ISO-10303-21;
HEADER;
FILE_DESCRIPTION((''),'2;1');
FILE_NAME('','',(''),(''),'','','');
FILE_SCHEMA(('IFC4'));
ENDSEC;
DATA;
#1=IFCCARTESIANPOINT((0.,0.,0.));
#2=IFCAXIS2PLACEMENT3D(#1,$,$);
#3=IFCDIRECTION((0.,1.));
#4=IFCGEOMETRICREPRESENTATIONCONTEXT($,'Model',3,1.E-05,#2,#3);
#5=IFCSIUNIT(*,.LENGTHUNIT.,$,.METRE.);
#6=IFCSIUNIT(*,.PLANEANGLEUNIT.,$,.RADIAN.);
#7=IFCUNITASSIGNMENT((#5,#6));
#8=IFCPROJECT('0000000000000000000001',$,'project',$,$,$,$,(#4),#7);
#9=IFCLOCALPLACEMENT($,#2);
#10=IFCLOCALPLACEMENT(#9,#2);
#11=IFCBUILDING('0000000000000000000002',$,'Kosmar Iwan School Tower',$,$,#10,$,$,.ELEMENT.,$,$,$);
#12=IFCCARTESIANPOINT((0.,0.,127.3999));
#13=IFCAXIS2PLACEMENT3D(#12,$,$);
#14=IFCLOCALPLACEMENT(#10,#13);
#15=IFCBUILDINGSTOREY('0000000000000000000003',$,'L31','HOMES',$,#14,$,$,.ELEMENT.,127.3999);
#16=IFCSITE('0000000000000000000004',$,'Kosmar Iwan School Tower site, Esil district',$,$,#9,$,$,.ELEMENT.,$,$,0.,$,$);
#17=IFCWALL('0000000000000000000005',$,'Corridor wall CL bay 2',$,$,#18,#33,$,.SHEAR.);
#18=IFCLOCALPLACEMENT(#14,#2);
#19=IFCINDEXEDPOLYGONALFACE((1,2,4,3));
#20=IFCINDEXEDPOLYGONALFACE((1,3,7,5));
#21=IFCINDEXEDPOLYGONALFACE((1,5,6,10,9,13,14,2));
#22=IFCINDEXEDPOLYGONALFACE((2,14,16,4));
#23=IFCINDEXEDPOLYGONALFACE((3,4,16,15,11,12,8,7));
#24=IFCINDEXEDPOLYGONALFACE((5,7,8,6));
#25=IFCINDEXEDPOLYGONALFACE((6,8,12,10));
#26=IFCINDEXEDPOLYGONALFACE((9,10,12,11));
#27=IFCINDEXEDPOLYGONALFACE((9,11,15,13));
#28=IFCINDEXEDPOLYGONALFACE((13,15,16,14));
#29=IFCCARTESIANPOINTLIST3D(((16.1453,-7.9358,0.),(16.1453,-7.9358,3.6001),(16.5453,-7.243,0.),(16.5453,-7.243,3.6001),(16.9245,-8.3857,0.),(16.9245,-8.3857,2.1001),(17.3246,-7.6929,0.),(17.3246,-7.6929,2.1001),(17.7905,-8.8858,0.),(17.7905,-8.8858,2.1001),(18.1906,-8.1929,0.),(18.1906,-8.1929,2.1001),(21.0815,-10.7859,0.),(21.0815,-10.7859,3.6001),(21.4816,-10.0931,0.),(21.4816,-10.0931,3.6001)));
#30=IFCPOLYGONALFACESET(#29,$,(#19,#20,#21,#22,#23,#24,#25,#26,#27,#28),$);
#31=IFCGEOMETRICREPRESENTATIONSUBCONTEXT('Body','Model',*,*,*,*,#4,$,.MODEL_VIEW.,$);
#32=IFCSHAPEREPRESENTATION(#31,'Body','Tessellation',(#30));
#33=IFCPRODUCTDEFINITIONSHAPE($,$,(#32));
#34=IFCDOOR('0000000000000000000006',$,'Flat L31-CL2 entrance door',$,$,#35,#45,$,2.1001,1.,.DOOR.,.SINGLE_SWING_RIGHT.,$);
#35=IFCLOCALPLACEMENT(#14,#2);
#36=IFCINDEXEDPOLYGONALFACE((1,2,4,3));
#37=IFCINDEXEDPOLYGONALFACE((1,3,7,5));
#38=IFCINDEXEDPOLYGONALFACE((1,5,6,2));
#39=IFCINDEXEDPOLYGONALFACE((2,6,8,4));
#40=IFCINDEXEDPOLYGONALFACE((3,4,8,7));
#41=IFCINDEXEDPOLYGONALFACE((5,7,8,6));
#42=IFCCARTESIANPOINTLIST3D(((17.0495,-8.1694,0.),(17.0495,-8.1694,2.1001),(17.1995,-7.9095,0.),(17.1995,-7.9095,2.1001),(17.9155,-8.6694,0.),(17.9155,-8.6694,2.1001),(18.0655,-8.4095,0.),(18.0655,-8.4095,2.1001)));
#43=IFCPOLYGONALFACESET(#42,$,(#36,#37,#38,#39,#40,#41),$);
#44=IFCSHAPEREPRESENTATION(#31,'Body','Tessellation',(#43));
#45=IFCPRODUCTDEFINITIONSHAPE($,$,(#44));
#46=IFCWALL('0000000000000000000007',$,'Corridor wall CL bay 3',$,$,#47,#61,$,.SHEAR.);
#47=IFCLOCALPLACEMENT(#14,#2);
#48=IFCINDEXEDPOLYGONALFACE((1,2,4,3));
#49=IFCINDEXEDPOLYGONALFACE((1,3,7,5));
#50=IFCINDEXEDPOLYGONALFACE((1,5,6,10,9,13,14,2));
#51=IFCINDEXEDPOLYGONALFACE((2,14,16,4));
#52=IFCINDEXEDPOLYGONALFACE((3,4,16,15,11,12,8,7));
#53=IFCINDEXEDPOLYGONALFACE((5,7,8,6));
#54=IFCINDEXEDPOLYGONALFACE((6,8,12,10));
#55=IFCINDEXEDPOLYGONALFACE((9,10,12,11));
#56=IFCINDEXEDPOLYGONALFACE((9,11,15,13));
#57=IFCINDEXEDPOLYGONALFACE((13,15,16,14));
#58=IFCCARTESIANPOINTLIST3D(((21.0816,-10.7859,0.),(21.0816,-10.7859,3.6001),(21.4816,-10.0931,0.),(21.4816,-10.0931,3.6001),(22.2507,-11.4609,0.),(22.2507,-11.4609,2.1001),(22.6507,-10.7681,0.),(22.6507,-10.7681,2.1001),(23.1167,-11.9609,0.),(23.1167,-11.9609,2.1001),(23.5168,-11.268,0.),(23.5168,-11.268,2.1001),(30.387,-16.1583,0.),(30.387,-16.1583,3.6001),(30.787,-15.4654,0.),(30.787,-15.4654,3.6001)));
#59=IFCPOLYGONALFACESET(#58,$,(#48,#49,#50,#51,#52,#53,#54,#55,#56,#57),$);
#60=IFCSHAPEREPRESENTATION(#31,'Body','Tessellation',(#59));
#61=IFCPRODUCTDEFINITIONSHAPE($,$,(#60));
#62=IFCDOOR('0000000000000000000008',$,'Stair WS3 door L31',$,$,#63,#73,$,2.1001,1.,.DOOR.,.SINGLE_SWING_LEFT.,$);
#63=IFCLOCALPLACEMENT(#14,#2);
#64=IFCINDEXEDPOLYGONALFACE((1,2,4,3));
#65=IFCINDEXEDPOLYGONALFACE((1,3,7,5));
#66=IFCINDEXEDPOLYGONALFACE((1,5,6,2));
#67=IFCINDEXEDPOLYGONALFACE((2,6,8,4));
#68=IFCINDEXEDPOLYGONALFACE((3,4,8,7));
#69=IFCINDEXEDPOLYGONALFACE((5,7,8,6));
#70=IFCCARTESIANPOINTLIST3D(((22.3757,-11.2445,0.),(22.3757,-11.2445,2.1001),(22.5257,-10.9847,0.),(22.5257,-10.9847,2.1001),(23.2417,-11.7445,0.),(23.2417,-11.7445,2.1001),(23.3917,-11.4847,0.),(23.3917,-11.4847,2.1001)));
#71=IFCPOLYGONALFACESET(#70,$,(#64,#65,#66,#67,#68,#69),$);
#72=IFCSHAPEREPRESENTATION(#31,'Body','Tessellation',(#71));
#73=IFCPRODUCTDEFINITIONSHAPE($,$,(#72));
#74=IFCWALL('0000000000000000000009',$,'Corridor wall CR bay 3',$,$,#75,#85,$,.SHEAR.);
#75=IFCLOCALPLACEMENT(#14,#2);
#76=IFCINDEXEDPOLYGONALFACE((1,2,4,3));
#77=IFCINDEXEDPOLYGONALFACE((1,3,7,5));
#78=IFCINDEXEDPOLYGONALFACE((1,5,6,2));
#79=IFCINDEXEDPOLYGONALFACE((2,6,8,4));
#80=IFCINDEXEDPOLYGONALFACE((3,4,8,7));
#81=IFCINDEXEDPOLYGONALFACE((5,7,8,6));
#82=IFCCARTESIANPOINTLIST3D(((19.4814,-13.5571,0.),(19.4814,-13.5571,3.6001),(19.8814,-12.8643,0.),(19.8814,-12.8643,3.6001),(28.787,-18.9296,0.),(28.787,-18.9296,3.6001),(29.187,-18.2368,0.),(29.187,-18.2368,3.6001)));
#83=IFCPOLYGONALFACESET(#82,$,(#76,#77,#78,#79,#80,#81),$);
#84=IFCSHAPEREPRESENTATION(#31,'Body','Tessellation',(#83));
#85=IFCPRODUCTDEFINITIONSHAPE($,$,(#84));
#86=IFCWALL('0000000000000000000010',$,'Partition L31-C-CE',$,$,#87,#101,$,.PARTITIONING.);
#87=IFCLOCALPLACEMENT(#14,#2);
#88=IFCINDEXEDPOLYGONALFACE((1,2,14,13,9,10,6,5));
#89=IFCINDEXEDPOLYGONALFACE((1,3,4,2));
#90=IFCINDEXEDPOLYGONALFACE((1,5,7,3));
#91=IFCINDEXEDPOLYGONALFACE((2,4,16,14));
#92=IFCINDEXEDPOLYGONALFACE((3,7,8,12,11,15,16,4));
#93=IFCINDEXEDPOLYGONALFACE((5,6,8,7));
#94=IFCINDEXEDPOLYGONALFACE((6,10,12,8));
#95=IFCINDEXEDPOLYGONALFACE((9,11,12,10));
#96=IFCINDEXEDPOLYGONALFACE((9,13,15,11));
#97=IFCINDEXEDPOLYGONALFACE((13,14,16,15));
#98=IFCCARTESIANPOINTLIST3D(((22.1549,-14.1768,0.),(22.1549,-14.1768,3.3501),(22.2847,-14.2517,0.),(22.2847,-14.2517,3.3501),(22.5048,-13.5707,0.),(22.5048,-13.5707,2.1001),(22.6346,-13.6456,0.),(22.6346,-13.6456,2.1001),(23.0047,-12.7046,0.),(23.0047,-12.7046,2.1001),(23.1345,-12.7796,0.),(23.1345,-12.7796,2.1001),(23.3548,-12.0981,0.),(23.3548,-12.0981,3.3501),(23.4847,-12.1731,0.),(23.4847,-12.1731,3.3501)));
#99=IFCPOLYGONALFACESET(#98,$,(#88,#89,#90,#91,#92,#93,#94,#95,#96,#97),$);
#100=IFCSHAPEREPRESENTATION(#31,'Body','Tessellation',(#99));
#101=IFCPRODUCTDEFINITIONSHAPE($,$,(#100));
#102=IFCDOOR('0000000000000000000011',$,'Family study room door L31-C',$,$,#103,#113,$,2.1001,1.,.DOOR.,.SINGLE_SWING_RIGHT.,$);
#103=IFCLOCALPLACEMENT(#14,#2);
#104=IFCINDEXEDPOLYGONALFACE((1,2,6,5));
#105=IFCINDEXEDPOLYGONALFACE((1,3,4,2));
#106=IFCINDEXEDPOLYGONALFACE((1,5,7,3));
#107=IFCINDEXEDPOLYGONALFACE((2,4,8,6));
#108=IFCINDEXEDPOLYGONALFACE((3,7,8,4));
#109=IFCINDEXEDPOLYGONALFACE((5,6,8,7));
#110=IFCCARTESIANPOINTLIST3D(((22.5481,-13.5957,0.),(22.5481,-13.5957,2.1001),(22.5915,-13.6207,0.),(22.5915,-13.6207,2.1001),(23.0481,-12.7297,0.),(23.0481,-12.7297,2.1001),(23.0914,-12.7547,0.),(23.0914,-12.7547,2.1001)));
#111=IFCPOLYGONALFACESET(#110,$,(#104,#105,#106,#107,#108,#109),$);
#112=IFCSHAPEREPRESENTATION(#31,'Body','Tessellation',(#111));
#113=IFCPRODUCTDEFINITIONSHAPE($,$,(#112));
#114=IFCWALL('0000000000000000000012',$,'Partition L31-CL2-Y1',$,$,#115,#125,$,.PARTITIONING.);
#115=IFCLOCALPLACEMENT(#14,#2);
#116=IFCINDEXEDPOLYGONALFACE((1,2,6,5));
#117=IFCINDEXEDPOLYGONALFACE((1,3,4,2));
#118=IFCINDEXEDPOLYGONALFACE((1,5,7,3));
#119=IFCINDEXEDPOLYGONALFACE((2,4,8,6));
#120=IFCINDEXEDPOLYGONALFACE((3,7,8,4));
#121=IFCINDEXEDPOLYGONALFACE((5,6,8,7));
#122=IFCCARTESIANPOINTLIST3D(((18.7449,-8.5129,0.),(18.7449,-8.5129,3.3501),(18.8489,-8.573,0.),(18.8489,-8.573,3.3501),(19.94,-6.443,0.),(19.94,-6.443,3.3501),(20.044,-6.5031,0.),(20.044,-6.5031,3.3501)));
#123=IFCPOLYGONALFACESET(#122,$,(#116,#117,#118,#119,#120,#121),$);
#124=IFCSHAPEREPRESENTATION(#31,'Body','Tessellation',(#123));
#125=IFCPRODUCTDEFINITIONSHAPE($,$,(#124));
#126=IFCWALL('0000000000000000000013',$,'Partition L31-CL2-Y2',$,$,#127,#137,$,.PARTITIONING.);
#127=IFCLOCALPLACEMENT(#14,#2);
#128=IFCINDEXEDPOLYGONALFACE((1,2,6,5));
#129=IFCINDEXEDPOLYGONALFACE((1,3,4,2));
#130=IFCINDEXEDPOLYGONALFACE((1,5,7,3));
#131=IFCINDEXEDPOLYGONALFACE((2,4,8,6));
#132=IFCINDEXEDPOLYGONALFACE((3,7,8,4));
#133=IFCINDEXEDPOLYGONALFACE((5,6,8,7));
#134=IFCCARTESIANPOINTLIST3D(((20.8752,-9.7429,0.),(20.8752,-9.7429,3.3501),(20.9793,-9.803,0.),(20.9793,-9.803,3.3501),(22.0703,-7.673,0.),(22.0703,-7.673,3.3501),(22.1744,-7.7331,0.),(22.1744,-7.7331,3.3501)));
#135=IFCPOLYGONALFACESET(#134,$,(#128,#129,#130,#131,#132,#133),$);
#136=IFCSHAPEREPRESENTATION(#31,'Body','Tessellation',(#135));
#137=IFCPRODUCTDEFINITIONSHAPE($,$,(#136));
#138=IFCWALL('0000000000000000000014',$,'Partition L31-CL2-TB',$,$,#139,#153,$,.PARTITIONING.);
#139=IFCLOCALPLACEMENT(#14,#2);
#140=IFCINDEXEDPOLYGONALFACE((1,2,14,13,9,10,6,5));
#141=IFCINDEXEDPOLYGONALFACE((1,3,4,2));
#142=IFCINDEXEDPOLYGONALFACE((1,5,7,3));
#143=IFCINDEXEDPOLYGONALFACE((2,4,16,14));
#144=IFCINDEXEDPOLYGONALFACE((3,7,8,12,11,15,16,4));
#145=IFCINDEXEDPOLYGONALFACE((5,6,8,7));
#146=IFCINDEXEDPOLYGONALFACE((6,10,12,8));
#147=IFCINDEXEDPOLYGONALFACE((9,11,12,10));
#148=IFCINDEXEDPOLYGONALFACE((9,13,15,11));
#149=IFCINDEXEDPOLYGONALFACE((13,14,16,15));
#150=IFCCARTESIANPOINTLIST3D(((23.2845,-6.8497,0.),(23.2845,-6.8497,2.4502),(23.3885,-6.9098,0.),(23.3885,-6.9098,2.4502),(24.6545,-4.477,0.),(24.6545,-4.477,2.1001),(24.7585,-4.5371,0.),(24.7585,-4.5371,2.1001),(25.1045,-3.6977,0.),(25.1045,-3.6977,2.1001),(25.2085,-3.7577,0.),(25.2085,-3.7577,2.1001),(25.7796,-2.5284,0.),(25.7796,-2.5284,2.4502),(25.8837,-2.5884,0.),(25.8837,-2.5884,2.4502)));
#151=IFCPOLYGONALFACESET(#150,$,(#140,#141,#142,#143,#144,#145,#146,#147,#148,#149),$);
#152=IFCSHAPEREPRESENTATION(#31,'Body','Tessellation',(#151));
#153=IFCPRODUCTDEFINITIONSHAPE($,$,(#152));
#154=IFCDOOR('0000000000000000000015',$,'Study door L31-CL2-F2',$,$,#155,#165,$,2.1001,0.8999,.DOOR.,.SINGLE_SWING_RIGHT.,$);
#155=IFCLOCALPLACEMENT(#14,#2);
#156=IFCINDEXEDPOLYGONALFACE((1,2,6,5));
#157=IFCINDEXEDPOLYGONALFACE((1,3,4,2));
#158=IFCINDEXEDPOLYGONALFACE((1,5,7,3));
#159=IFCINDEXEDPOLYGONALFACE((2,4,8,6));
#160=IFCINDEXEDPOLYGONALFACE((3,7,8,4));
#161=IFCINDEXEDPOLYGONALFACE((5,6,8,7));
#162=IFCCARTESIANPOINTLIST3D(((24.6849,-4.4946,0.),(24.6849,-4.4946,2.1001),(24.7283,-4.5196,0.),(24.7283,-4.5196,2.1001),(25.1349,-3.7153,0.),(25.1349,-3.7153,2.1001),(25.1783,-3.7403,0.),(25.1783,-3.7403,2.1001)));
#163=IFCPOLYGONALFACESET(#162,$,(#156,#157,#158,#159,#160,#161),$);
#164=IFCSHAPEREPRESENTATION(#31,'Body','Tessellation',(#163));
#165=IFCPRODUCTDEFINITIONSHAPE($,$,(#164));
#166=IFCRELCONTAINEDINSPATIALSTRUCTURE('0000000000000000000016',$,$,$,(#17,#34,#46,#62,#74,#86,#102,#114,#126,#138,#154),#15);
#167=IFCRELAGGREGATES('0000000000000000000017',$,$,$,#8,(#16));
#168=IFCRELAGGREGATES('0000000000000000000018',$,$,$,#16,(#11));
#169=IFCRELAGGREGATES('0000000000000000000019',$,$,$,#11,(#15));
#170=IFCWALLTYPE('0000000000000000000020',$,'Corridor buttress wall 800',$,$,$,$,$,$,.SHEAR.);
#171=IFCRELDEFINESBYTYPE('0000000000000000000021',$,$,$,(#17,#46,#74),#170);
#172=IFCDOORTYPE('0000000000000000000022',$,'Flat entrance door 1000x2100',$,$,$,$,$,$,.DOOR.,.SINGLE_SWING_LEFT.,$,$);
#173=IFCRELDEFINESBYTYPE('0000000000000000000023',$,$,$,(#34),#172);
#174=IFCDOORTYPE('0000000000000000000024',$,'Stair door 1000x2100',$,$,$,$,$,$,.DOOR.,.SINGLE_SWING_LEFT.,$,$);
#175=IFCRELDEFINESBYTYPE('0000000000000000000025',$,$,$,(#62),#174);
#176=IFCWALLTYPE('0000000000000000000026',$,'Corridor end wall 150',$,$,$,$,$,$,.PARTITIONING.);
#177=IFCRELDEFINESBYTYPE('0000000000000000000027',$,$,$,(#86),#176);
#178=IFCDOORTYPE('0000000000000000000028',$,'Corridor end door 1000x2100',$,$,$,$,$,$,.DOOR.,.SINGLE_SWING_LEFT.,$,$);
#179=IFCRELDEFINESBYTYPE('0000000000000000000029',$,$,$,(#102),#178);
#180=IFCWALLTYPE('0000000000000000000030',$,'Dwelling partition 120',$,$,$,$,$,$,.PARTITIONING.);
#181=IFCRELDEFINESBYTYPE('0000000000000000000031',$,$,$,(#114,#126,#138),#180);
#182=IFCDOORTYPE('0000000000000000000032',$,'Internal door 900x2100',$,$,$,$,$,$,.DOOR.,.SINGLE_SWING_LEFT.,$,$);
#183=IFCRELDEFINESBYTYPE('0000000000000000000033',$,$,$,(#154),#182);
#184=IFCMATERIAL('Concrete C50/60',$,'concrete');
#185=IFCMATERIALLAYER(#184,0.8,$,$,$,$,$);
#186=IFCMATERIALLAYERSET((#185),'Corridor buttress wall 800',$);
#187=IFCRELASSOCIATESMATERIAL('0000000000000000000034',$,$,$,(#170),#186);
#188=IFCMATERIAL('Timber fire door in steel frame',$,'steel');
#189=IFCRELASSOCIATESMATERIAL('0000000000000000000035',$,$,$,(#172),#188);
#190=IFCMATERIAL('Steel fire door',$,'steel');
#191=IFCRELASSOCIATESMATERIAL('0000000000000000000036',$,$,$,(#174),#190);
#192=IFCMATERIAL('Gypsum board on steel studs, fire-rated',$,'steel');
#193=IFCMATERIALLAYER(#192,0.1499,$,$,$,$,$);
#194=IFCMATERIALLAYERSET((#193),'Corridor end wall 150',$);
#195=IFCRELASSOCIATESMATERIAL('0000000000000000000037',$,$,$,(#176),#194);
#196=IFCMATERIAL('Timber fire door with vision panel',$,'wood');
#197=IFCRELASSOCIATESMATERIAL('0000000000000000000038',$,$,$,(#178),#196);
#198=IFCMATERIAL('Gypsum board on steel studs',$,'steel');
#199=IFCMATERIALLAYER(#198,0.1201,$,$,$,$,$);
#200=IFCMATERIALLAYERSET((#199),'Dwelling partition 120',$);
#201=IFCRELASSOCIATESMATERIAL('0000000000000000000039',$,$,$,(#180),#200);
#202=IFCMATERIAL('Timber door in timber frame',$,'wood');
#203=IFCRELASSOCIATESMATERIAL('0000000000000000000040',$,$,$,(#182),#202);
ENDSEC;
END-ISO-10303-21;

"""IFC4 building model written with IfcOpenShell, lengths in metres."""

from ifc_helpers import new_model, si_unit, direction, frame, frame_2d, origin, place, context, subcontext, project, spatial, rectangle, extrude, material, layer, layer_set, type_object, element, fill, save


model = new_model("IFC4")

# Units and contexts
model_context = context("Model", 3, precision=1e-05, world=origin(), true_north=direction((0.0, 1.0)))
body_context = subcontext(model_context, "Body", "Model", "MODEL_VIEW")
ifc_project = project(units=[si_unit("LENGTHUNIT", "METRE"), si_unit("PLANEANGLEUNIT", "RADIAN")], contexts=[model_context])

# Site, building, storey
site_placement = place(None, origin())
site = spatial("IfcSite", under=ifc_project, at=site_placement, Name="Kosmar Iwan School Tower site, Esil district", CompositionType="ELEMENT", RefElevation=0.0)
building_placement = place(site_placement, origin())
building = spatial("IfcBuilding", under=site, at=building_placement, Name="Kosmar Iwan School Tower", CompositionType="ELEMENT")
storey_placement = place(building_placement, frame((0.0, 0.0, 127.3999)))
storey = spatial("IfcBuildingStorey", under=building, at=storey_placement, Name="L31", Description="HOMES", CompositionType="ELEMENT", Elevation=127.3999)

# Walls, openings, doors
ifc_material_1 = material(Name="Concrete C50/60", Category="concrete")
ifc_layer_1 = layer(ifc_material_1, 0.8)
ifc_layer_set_1 = layer_set([ifc_layer_1], Name="Corridor buttress wall 800")
wall_type_1 = type_object("IfcWallType", Name="Corridor buttress wall 800", PredefinedType="SHEAR", material=ifc_layer_set_1)
wall_1_placement = place(storey_placement, frame((16.3452, -7.5894, 0.0), z_axis=(0.0, 0.0, 1.0), x_axis=(0.866015, -0.500018, 0.0)))
wall_1 = element("IfcWall", 1, at=wall_1_placement, inside=storey, type_object=wall_type_1, Name="Corridor wall CL bay 2", PredefinedType="SHEAR", context=body_context, shape_type="SweptSolid", body=[
    extrude(rectangle(XDim=5.7, YDim=0.8, at=frame_2d((2.8501, 0.0))), origin(), (0.0, 0.0, 1.0), 3.6001),
])
opening_1_placement = place(wall_1_placement, frame((0.8999, 0.0, 0.0)))
opening_1 = element("IfcOpeningElement", 2, at=opening_1_placement, cuts=wall_1, PredefinedType="OPENING", context=body_context, shape_type="SweptSolid", body=[
    extrude(rectangle(XDim=1.0, YDim=2.1001, at=frame_2d((0.5, 1.05))), frame((0.0, 0.4121, 0.0), z_axis=(0.0, -1.0, 0.0), x_axis=(1.0, 0.0, 0.0)), (0.0, 0.0, 1.0), 0.824),
])
ifc_material_2 = material(Name="Timber fire door in steel frame", Category="steel")
door_type_1 = type_object("IfcDoorType", Name="Flat entrance door 1000x2100", OperationType="SINGLE_SWING_LEFT", PredefinedType="DOOR", material=ifc_material_2)
door_1_placement = place(opening_1_placement, origin())
door_1 = element("IfcDoor", 3, at=door_1_placement, inside=storey, type_object=door_type_1, Name="Flat L31-CL2 entrance door", OperationType="SINGLE_SWING_RIGHT", OverallHeight=2.1001, OverallWidth=1.0, PredefinedType="DOOR", context=body_context, shape_type="SweptSolid", body=[
    extrude(rectangle(XDim=1.0, YDim=2.1001, at=frame_2d((0.5, 1.05))), frame((0.0, 0.1499, 0.0), z_axis=(0.0, -1.0, 0.0), x_axis=(1.0, 0.0, 0.0)), (0.0, 0.0, 1.0), 0.3),
])
fill(opening_1, door_1)
wall_2_placement = place(storey_placement, frame((21.2815, -10.4395, 0.0), z_axis=(0.0, 0.0, 1.0), x_axis=(0.866032, -0.499988, 0.0)))
wall_2 = element("IfcWall", 4, at=wall_2_placement, inside=storey, type_object=wall_type_1, Name="Corridor wall CL bay 3", PredefinedType="SHEAR", context=body_context, shape_type="SweptSolid", body=[
    extrude(rectangle(XDim=10.7449, YDim=0.8, at=frame_2d((5.3726, 0.0))), origin(), (0.0, 0.0, 1.0), 3.6001),
])
opening_2_placement = place(wall_2_placement, frame((1.3501, 0.0, 0.0)))
opening_2 = element("IfcOpeningElement", 5, at=opening_2_placement, cuts=wall_2, PredefinedType="OPENING", context=body_context, shape_type="SweptSolid", body=[
    extrude(rectangle(XDim=1.0, YDim=2.1001, at=frame_2d((0.5, 1.05))), frame((0.0, 0.4121, 0.0), z_axis=(0.0, -1.0, 0.0), x_axis=(1.0, 0.0, 0.0)), (0.0, 0.0, 1.0), 0.824),
])
ifc_material_3 = material(Name="Steel fire door", Category="steel")
door_type_2 = type_object("IfcDoorType", Name="Stair door 1000x2100", OperationType="SINGLE_SWING_LEFT", PredefinedType="DOOR", material=ifc_material_3)
door_2_placement = place(opening_2_placement, origin())
door_2 = element("IfcDoor", 6, at=door_2_placement, inside=storey, type_object=door_type_2, Name="Stair WS3 door L31", OperationType="SINGLE_SWING_LEFT", OverallHeight=2.1001, OverallWidth=1.0, PredefinedType="DOOR", context=body_context, shape_type="SweptSolid", body=[
    extrude(rectangle(XDim=1.0, YDim=2.1001, at=frame_2d((0.5, 1.05))), frame((0.0, 0.1499, 0.0), z_axis=(0.0, -1.0, 0.0), x_axis=(1.0, 0.0, 0.0)), (0.0, 0.0, 1.0), 0.3),
])
fill(opening_2, door_2)

# Wall
wall_3_placement = place(storey_placement, frame((19.6814, -13.2107, 0.0), z_axis=(0.0, 0.0, 1.0), x_axis=(0.866028, -0.499995, 0.0)))
element("IfcWall", 7, at=wall_3_placement, inside=storey, type_object=wall_type_1, Name="Corridor wall CR bay 3", PredefinedType="SHEAR", context=body_context, shape_type="SweptSolid", body=[
    extrude(rectangle(XDim=10.7451, YDim=0.8, at=frame_2d((5.3726, 0.0))), origin(), (0.0, 0.0, 1.0), 3.6001),
])

# Wall, opening, door
ifc_material_4 = material(Name="Gypsum board on steel studs, fire-rated", Category="steel")
ifc_layer_2 = layer(ifc_material_4, 0.1499)
ifc_layer_set_2 = layer_set([ifc_layer_2], Name="Corridor end wall 150")
wall_type_2 = type_object("IfcWallType", Name="Corridor end wall 150", PredefinedType="PARTITIONING", material=ifc_layer_set_2)
wall_4_placement = place(storey_placement, frame((22.2197, -14.2144, 0.0), z_axis=(0.0, 0.0, 1.0), x_axis=(0.499957, 0.86605, 0.0)))
wall_4 = element("IfcWall", 8, at=wall_4_placement, inside=storey, type_object=wall_type_2, Name="Partition L31-C-CE", PredefinedType="PARTITIONING", context=body_context, shape_type="SweptSolid", body=[
    extrude(rectangle(XDim=2.4001, YDim=0.1499, at=frame_2d((1.2002, 0.0))), origin(), (0.0, 0.0, 1.0), 3.3501),
])
opening_3_placement = place(wall_4_placement, frame((0.7, 0.0, 0.0)))
opening_3 = element("IfcOpeningElement", 9, at=opening_3_placement, cuts=wall_4, PredefinedType="OPENING", context=body_context, shape_type="SweptSolid", body=[
    extrude(rectangle(XDim=1.0, YDim=2.1001, at=frame_2d((0.5, 1.05))), frame((0.0, 0.0869, 0.0), z_axis=(0.0, -1.0, 0.0), x_axis=(1.0, 0.0, 0.0)), (0.0, 0.0, 1.0), 0.1738),
])
ifc_material_5 = material(Name="Timber fire door with vision panel", Category="wood")
door_type_3 = type_object("IfcDoorType", Name="Corridor end door 1000x2100", OperationType="SINGLE_SWING_LEFT", PredefinedType="DOOR", material=ifc_material_5)
door_3_placement = place(opening_3_placement, origin())
door_3 = element("IfcDoor", 10, at=door_3_placement, inside=storey, type_object=door_type_3, Name="Family study room door L31-C", OperationType="SINGLE_SWING_RIGHT", OverallHeight=2.1001, OverallWidth=1.0, PredefinedType="DOOR", context=body_context, shape_type="SweptSolid", body=[
    extrude(rectangle(XDim=1.0, YDim=2.1001, at=frame_2d((0.5, 1.05))), frame((0.0, 0.0249, 0.0), z_axis=(0.0, -1.0, 0.0), x_axis=(1.0, 0.0, 0.0)), (0.0, 0.0, 1.0), 0.05),
])
fill(opening_3, door_3)

# Walls
ifc_material_6 = material(Name="Gypsum board on steel studs", Category="steel")
ifc_layer_3 = layer(ifc_material_6, 0.1201)
ifc_layer_set_3 = layer_set([ifc_layer_3], Name="Dwelling partition 120")
wall_type_3 = type_object("IfcWallType", Name="Dwelling partition 120", PredefinedType="PARTITIONING", material=ifc_layer_set_3)
for number, where, z_axis, x_axis, name in (
    (11, (18.7969, -8.543, 0.0), (0.0, 0.0, 1.0), (0.500017, 0.866015, 0.0), "Partition L31-CL2-Y1"),
    (12, (20.9272, -9.7729, 0.0), (0.0, 0.0, 1.0), (0.500017, 0.866015, 0.0), "Partition L31-CL2-Y2"),
):
    element("IfcWall", number, at=place(storey_placement, frame(where, z_axis=z_axis, x_axis=x_axis)), inside=storey, type_object=wall_type_3, Name=name, PredefinedType="PARTITIONING", context=body_context, shape_type="SweptSolid", body=[
        extrude(rectangle(XDim=2.3901, YDim=0.1201, at=frame_2d((1.1951, 0.0))), origin(), (0.0, 0.0, 1.0), 3.3501),
    ])

# Wall, opening, door
wall_5_placement = place(storey_placement, frame((23.3364, -6.8799, 0.0), z_axis=(0.0, 0.0, 1.0), x_axis=(0.500033, 0.866006, 0.0)))
wall_5 = element("IfcWall", 13, at=wall_5_placement, inside=storey, type_object=wall_type_3, Name="Partition L31-CL2-TB", PredefinedType="PARTITIONING", context=body_context, shape_type="SweptSolid", body=[
    extrude(rectangle(XDim=4.99, YDim=0.1201, at=frame_2d((2.4951, 0.0))), origin(), (0.0, 0.0, 1.0), 2.4502),
])
opening_4_placement = place(wall_5_placement, frame((2.74, 0.0, 0.0)))
opening_4 = element("IfcOpeningElement", 14, at=opening_4_placement, cuts=wall_5, PredefinedType="OPENING", context=body_context, shape_type="SweptSolid", body=[
    extrude(rectangle(XDim=0.8999, YDim=2.1001, at=frame_2d((0.45, 1.05))), frame((0.0, 0.072, 0.0), z_axis=(0.0, -1.0, 0.0), x_axis=(1.0, 0.0, 0.0)), (0.0, 0.0, 1.0), 0.144),
])
ifc_material_7 = material(Name="Timber door in timber frame", Category="wood")
door_type_4 = type_object("IfcDoorType", Name="Internal door 900x2100", OperationType="SINGLE_SWING_LEFT", PredefinedType="DOOR", material=ifc_material_7)
door_4_placement = place(opening_4_placement, origin())
door_4 = element("IfcDoor", 15, at=door_4_placement, inside=storey, type_object=door_type_4, Name="Study door L31-CL2-F2", OperationType="SINGLE_SWING_RIGHT", OverallHeight=2.1001, OverallWidth=0.8999, PredefinedType="DOOR", context=body_context, shape_type="SweptSolid", body=[
    extrude(rectangle(XDim=0.8999, YDim=2.1001, at=frame_2d((0.45, 1.05))), frame((0.0, 0.0249, 0.0), z_axis=(0.0, -1.0, 0.0), x_axis=(1.0, 0.0, 0.0)), (0.0, 0.0, 1.0), 0.05),
])
fill(opening_4, door_4)

save(model, "model.ifc")
